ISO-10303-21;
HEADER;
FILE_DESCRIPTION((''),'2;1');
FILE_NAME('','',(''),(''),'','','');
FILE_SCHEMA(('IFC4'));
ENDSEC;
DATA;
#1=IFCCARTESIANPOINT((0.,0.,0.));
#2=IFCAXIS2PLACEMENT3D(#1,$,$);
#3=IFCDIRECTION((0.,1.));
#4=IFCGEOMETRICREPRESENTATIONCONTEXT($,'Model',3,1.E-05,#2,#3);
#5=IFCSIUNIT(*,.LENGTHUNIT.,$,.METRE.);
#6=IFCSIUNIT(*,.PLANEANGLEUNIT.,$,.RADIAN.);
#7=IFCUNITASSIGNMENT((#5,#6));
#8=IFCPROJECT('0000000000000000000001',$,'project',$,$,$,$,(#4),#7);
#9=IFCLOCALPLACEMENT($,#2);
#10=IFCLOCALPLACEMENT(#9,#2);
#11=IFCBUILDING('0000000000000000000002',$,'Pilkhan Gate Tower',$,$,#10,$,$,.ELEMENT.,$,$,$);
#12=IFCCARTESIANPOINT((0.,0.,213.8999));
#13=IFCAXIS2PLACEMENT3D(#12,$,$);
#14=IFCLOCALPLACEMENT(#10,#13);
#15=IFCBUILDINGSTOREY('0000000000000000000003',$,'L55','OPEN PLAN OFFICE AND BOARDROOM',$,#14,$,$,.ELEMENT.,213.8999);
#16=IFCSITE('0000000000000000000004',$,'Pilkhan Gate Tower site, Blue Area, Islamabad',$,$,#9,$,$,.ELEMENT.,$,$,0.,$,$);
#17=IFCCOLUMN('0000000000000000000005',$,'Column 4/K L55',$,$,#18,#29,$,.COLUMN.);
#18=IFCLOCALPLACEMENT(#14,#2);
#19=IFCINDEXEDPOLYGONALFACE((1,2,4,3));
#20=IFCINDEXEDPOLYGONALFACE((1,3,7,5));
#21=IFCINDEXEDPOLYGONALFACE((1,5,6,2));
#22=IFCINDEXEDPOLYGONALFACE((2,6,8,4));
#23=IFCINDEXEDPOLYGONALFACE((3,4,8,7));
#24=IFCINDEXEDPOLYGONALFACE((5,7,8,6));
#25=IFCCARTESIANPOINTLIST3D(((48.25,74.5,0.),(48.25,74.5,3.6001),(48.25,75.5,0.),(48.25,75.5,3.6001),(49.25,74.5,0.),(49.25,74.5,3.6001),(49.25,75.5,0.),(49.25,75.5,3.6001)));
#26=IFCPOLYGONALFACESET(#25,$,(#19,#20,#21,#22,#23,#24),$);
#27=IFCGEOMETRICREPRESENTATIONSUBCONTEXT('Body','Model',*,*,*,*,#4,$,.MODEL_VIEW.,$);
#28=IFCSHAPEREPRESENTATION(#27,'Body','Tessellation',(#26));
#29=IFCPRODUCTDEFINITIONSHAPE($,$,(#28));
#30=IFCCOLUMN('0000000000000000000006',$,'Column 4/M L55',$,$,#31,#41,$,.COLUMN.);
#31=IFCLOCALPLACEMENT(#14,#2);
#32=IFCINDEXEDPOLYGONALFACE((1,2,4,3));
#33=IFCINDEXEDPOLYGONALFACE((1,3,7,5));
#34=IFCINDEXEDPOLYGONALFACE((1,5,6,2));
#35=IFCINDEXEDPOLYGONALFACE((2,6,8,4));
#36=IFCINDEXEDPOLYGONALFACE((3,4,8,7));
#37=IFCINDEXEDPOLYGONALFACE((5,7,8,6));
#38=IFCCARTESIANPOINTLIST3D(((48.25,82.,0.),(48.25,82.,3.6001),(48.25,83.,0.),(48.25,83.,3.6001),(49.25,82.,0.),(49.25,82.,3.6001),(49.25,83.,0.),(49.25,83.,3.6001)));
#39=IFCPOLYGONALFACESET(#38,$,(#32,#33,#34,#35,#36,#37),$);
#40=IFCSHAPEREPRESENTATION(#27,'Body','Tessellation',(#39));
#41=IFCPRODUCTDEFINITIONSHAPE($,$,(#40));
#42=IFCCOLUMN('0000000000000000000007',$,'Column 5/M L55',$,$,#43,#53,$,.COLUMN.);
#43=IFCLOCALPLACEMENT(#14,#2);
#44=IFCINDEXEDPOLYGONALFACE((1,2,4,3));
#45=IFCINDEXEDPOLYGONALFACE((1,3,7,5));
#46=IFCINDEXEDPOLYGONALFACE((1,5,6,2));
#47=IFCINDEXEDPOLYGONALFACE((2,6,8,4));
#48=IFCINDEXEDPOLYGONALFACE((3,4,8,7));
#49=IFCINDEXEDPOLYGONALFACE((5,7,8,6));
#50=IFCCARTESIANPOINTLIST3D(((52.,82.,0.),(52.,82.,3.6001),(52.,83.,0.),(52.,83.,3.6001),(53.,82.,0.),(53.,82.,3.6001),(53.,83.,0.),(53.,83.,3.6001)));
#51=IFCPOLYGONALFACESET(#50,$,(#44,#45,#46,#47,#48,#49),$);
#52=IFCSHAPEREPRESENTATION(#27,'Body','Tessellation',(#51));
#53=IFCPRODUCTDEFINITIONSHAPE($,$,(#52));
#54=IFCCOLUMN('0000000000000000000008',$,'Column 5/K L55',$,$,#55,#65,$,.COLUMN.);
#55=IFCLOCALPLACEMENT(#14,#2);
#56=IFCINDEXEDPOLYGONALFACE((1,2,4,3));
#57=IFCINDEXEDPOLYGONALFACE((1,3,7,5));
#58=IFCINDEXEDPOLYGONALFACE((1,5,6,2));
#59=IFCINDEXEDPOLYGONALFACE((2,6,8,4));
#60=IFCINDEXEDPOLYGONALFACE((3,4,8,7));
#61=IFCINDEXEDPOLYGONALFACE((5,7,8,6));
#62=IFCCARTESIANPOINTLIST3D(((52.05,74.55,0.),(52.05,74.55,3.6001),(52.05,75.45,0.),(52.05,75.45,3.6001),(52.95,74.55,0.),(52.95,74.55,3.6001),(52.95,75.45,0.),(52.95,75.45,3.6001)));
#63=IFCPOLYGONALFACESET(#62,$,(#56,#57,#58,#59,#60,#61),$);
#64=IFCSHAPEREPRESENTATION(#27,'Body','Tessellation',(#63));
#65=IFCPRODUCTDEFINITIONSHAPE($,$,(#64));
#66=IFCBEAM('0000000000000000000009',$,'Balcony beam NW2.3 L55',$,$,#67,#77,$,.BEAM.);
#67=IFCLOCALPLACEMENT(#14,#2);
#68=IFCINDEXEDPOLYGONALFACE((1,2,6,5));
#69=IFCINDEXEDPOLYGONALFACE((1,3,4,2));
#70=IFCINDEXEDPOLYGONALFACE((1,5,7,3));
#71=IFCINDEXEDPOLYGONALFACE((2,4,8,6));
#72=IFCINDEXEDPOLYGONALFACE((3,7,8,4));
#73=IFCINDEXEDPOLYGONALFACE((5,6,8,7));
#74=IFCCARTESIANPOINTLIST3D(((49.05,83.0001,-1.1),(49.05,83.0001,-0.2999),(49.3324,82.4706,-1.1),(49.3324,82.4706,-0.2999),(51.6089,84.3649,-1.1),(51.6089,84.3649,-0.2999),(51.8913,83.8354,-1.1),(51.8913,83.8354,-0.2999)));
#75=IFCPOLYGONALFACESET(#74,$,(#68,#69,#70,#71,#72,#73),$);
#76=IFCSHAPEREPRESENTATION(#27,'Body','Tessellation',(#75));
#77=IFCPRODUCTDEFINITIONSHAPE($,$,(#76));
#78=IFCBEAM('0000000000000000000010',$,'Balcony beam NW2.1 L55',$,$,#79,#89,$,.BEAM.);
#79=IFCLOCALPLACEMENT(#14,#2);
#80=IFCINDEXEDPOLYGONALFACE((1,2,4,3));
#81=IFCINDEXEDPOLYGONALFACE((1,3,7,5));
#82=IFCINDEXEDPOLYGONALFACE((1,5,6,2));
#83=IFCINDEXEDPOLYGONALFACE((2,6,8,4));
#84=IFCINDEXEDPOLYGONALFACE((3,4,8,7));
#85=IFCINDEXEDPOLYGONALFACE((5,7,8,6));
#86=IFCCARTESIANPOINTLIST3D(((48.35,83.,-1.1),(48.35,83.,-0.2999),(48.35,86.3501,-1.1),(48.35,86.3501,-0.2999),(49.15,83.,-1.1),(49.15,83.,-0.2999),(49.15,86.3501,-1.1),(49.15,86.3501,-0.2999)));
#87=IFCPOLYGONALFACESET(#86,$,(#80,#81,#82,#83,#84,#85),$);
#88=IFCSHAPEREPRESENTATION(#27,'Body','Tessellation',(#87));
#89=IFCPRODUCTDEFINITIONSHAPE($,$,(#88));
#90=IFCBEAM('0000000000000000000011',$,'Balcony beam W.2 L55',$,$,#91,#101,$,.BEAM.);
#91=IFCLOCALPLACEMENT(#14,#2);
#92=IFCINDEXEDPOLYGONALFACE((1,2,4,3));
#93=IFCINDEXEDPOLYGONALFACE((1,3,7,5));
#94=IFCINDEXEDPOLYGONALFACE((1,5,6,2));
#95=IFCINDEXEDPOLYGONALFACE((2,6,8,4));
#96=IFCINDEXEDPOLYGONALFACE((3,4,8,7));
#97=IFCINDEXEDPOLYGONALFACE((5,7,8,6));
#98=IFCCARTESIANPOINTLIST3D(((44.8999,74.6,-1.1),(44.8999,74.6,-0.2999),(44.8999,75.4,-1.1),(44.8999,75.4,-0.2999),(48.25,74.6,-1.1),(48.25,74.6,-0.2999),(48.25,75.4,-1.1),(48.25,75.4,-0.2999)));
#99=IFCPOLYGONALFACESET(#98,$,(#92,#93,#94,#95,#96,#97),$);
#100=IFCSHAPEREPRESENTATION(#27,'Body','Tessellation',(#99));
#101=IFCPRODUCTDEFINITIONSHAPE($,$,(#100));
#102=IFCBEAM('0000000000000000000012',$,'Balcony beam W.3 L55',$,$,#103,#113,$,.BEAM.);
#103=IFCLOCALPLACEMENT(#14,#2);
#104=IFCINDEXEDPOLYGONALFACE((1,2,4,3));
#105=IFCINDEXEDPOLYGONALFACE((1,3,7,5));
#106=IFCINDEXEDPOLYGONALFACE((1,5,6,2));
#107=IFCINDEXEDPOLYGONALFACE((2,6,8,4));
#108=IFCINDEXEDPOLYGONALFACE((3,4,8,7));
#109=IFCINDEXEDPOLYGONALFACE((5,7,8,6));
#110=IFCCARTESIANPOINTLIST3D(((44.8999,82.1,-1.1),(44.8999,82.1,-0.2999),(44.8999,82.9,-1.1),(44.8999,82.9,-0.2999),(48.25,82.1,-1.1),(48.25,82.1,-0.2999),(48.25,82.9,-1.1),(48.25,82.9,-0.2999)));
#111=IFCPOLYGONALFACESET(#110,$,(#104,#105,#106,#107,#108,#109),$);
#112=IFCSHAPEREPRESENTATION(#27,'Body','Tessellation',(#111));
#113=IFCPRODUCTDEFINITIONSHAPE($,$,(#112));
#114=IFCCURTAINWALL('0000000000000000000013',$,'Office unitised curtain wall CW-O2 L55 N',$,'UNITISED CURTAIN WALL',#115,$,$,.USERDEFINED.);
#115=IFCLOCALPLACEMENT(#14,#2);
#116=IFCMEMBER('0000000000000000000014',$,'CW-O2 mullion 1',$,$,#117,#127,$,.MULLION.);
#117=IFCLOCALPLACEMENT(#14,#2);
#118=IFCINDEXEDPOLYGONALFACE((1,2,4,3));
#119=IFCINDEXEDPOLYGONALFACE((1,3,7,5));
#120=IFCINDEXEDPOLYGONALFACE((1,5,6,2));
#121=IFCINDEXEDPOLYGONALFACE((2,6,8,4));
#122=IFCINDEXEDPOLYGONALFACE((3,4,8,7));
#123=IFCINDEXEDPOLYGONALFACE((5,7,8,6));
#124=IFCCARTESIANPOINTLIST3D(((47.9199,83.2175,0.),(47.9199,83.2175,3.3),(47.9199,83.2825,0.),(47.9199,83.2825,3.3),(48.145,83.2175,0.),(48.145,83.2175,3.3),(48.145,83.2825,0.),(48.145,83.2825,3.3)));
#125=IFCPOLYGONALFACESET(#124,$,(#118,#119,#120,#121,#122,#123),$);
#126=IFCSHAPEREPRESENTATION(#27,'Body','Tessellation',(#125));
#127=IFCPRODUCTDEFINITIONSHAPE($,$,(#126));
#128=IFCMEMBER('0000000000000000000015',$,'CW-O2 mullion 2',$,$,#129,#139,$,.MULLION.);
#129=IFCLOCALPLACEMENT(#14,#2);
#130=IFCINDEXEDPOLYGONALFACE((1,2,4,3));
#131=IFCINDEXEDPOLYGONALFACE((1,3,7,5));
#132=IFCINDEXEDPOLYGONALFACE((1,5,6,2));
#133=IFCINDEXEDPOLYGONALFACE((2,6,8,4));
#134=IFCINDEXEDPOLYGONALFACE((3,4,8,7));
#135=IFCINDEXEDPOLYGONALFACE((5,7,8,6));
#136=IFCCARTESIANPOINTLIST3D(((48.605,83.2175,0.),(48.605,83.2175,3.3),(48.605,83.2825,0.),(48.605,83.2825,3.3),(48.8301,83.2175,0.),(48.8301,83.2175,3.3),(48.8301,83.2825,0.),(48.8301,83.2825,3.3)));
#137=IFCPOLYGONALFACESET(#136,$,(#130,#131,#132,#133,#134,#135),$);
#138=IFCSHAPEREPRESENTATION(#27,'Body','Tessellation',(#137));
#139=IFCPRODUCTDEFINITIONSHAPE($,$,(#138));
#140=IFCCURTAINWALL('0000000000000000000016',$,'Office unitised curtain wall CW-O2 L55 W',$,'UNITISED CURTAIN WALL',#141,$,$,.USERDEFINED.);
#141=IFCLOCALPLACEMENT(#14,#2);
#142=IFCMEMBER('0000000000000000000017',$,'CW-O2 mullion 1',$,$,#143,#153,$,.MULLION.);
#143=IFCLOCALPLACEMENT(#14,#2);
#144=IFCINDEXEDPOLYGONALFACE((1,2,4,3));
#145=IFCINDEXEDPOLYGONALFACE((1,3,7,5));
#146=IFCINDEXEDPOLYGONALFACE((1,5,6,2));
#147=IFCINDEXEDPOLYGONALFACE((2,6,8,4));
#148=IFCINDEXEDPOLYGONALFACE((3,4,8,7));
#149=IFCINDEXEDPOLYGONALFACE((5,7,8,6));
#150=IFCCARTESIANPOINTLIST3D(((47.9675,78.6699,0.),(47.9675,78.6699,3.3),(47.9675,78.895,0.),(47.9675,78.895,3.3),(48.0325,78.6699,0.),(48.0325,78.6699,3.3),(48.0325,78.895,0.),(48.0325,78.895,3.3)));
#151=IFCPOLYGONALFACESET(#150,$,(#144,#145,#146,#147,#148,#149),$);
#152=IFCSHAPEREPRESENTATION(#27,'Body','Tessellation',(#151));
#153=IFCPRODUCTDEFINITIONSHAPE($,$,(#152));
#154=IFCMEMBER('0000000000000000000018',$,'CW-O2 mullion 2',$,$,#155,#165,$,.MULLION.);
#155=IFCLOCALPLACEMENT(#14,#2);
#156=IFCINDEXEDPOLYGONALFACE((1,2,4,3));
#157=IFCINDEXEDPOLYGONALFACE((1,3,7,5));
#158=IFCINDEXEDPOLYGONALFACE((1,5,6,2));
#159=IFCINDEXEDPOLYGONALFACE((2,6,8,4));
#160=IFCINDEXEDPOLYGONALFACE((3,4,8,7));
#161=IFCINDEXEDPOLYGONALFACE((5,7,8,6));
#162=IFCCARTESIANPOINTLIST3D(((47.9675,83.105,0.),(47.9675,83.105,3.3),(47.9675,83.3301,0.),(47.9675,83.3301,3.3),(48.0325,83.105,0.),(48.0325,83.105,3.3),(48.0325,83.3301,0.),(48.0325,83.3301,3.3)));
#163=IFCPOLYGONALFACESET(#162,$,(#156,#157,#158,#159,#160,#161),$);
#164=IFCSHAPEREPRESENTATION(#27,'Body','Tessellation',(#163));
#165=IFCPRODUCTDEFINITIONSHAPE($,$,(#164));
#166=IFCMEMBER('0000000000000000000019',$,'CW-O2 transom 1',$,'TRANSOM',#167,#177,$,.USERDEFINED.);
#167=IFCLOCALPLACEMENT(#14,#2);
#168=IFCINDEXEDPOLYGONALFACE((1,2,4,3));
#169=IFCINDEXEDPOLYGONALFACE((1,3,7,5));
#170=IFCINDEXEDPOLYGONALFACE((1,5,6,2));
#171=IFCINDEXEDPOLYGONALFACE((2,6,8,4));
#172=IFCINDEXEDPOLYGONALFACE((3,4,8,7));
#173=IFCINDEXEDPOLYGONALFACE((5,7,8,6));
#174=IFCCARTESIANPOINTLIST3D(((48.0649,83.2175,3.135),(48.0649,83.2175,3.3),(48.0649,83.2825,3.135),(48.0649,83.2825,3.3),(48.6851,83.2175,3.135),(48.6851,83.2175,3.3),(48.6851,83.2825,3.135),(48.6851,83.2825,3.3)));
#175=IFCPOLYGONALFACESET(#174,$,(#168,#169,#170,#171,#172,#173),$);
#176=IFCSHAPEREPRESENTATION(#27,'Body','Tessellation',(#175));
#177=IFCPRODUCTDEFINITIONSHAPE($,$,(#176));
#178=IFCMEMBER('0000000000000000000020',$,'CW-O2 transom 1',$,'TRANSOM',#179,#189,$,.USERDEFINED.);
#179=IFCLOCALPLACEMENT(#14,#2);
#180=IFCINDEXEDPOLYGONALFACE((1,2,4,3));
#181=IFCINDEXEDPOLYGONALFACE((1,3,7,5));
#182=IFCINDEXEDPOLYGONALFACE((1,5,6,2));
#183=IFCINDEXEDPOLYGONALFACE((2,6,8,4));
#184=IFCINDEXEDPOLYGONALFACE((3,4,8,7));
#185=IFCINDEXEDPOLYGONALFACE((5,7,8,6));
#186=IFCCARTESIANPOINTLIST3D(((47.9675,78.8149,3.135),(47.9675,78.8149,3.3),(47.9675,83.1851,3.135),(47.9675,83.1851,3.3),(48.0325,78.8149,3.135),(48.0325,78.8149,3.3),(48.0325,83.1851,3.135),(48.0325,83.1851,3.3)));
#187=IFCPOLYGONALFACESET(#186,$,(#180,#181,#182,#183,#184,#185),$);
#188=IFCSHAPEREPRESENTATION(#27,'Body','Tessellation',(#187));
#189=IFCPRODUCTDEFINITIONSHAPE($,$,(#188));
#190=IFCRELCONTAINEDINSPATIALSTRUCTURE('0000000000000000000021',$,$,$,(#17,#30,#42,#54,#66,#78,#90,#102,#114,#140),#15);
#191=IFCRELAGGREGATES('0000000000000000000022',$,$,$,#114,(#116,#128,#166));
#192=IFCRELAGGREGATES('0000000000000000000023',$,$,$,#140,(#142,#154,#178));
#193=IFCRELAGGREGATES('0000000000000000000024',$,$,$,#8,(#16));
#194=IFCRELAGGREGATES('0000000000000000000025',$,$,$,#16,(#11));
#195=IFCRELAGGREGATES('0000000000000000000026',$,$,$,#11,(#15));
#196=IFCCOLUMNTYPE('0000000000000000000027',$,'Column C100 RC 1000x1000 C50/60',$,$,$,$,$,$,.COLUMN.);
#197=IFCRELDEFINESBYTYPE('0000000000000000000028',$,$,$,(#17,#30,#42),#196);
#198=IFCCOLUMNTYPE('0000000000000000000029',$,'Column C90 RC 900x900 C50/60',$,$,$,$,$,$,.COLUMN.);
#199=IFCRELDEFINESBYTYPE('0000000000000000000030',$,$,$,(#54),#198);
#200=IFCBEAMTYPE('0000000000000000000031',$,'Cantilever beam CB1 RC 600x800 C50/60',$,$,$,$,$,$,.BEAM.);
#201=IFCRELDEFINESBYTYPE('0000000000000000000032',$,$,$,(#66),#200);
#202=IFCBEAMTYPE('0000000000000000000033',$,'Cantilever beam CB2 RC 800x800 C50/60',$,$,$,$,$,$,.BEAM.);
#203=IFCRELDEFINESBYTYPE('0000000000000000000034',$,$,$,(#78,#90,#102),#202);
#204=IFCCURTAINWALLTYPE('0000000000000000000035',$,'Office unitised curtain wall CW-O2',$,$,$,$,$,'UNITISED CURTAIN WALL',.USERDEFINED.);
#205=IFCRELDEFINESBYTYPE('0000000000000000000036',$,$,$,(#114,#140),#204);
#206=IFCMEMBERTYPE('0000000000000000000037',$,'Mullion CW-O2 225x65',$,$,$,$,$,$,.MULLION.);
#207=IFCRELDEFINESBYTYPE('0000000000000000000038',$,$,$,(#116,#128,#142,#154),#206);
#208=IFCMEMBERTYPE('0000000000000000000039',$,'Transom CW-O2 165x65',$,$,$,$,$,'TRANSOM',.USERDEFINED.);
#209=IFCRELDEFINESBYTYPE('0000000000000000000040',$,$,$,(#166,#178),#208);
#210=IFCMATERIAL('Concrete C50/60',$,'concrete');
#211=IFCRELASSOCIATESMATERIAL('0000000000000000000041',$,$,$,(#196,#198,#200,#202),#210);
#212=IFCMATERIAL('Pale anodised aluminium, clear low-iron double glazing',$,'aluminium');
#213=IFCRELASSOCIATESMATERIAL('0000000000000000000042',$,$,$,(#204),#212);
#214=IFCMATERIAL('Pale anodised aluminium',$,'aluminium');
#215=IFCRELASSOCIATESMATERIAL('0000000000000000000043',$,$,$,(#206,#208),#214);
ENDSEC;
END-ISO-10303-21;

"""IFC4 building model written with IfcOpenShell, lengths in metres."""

from ifc_helpers import new_model, si_unit, direction, frame, origin, origin_2d, place, context, subcontext, project, spatial, rectangle, extrude, material, material_profile, profile_set, type_object, element, aggregate, save


model = new_model("IFC4")

# Units and contexts
model_context = context("Model", 3, precision=1e-05, world=origin(), true_north=direction((0.0, 1.0)))
body_context = subcontext(model_context, "Body", "Model", "MODEL_VIEW")
ifc_project = project(units=[si_unit("LENGTHUNIT", "METRE"), si_unit("PLANEANGLEUNIT", "RADIAN")], contexts=[model_context])

# Site, building, storey
site_placement = place(None, origin())
site = spatial("IfcSite", under=ifc_project, at=site_placement, Name="Pilkhan Gate Tower site, Blue Area, Islamabad", CompositionType="ELEMENT", RefElevation=0.0)
building_placement = place(site_placement, origin())
building = spatial("IfcBuilding", under=site, at=building_placement, Name="Pilkhan Gate Tower", CompositionType="ELEMENT")
storey_placement = place(building_placement, frame((0.0, 0.0, 213.8999)))
storey = spatial("IfcBuildingStorey", under=building, at=storey_placement, Name="L55", Description="OPEN PLAN OFFICE AND BOARDROOM", CompositionType="ELEMENT", Elevation=213.8999)

# Columns
ifc_material_1 = material(Name="Concrete C50/60", Category="concrete")
ifc_material_profile_1 = material_profile(ifc_material_1, rectangle(XDim=1.0, YDim=1.0, at=origin_2d()), Name="RC 1000x1000")
ifc_profile_set_1 = profile_set([ifc_material_profile_1], Name="Concrete C50/60")
column_type_1 = type_object("IfcColumnType", Name="Column C100 RC 1000x1000 C50/60", PredefinedType="COLUMN", material=ifc_profile_set_1)
for number, where, z_axis, x_axis, name in (
    (1, (48.75, 75.0, 0.0), (0.0, 0.0, 1.0), (1.0, 0.0, 0.0), "Column 4/K L55"),
    (2, (48.75, 82.5, 0.0), (0.0, 0.0, 1.0), (1.0, 0.0, 0.0), "Column 4/M L55"),
    (3, (52.5, 82.5, 0.0), (0.0, 0.0, 1.0), (1.0, 0.0, 0.0), "Column 5/M L55"),
):
    element("IfcColumn", number, at=place(storey_placement, frame(where, z_axis=z_axis, x_axis=x_axis)), inside=storey, type_object=column_type_1, Name=name, PredefinedType="COLUMN", context=body_context, shape_type="SweptSolid", body=[
        extrude(rectangle(XDim=1.0, YDim=1.0, at=origin_2d()), origin(), (0.0, 0.0, 1.0), 3.6001),
    ])
ifc_material_profile_2 = material_profile(ifc_material_1, rectangle(XDim=0.8999, YDim=0.8999, at=origin_2d()), Name="RC 900x900")
ifc_profile_set_2 = profile_set([ifc_material_profile_2], Name="Concrete C50/60")
column_type_2 = type_object("IfcColumnType", Name="Column C90 RC 900x900 C50/60", PredefinedType="COLUMN", material=ifc_profile_set_2)
column_placement = place(storey_placement, frame((52.5, 75.0, 0.0), z_axis=(0.0, 0.0, 1.0), x_axis=(1.0, 0.0, 0.0)))
element("IfcColumn", 4, at=column_placement, inside=storey, type_object=column_type_2, Name="Column 5/K L55", PredefinedType="COLUMN", context=body_context, shape_type="SweptSolid", body=[
    extrude(rectangle(XDim=0.8999, YDim=0.8999, at=origin_2d()), origin(), (0.0, 0.0, 1.0), 3.6001),
])

# Beams
ifc_material_profile_3 = material_profile(ifc_material_1, rectangle(XDim=0.6001, YDim=0.8, at=origin_2d()), Name="RC 600x800")
ifc_profile_set_3 = profile_set([ifc_material_profile_3], Name="Concrete C50/60")
beam_type_1 = type_object("IfcBeamType", Name="Cantilever beam CB1 RC 600x800 C50/60", PredefinedType="BEAM", material=ifc_profile_set_3)
beam_placement = place(storey_placement, frame((49.1912, 82.7354, -0.7), z_axis=(0.882348, 0.470597, 0.0), x_axis=(-0.470597, 0.882348, 0.0)))
element("IfcBeam", 5, at=beam_placement, inside=storey, type_object=beam_type_1, Name="Balcony beam NW2.3 L55", PredefinedType="BEAM", context=body_context, shape_type="SweptSolid", body=[
    extrude(rectangle(XDim=0.6001, YDim=0.8, at=origin_2d()), origin(), (0.0, 0.0, 1.0), 2.9001),
])
ifc_material_profile_4 = material_profile(ifc_material_1, rectangle(XDim=0.8, YDim=0.8, at=origin_2d()), Name="RC 800x800")
ifc_profile_set_4 = profile_set([ifc_material_profile_4], Name="Concrete C50/60")
beam_type_2 = type_object("IfcBeamType", Name="Cantilever beam CB2 RC 800x800 C50/60", PredefinedType="BEAM", material=ifc_profile_set_4)
for number, where, z_axis, x_axis, name in (
    (6, (48.75, 83.0, -0.7), (0.0, 1.0, 0.0), (-1.0, 0.0, 0.0), "Balcony beam NW2.1 L55"),
    (7, (48.25, 75.0, -0.7), (-1.0, 0.0, 0.0), (0.0, -1.0, 0.0), "Balcony beam W.2 L55"),
    (8, (48.25, 82.5, -0.7), (-1.0, 0.0, 0.0), (0.0, -1.0, 0.0), "Balcony beam W.3 L55"),
):
    element("IfcBeam", number, at=place(storey_placement, frame(where, z_axis=z_axis, x_axis=x_axis)), inside=storey, type_object=beam_type_2, Name=name, PredefinedType="BEAM", context=body_context, shape_type="SweptSolid", body=[
        extrude(rectangle(XDim=0.8, YDim=0.8, at=origin_2d()), origin(), (0.0, 0.0, 1.0), 3.3501),
    ])

# Curtain walls, members
ifc_material_2 = material(Name="Pale anodised aluminium, clear low-iron double glazing", Category="aluminium")
curtain_wall_type = type_object("IfcCurtainWallType", Name="Office unitised curtain wall CW-O2", ElementType="UNITISED CURTAIN WALL", PredefinedType="USERDEFINED", material=ifc_material_2)
curtain_wall_1_placement = place(storey_placement, origin())
curtain_wall_1 = element("IfcCurtainWall", 9, at=curtain_wall_1_placement, inside=storey, type_object=curtain_wall_type, Name="Office unitised curtain wall CW-O2 L55 N", ObjectType="UNITISED CURTAIN WALL", PredefinedType="USERDEFINED")
ifc_material_3 = material(Name="Pale anodised aluminium", Category="aluminium")
ifc_material_profile_5 = material_profile(ifc_material_3, rectangle(XDim=0.0649, YDim=0.2251, at=origin_2d()), Name="Mullion 225x65")
ifc_profile_set_5 = profile_set([ifc_material_profile_5], Name="Pale anodised aluminium")
member_type_1 = type_object("IfcMemberType", Name="Mullion CW-O2 225x65", PredefinedType="MULLION", material=ifc_profile_set_5)
member_1_placement = place(storey_placement, frame((48.0325, 83.25, 0.0), z_axis=(0.0, 0.0, 1.0), x_axis=(0.0, 1.0, 0.0)))
member_1 = element("IfcMember", 10, at=member_1_placement, type_object=member_type_1, Name="CW-O2 mullion 1", PredefinedType="MULLION", context=body_context, shape_type="SweptSolid", body=[
    extrude(rectangle(XDim=0.0649, YDim=0.2251, at=origin_2d()), origin(), (0.0, 0.0, 1.0), 3.3),
])
member_2_placement = place(storey_placement, frame((48.7175, 83.25, 0.0), z_axis=(0.0, 0.0, 1.0), x_axis=(0.0, 1.0, 0.0)))
member_2 = element("IfcMember", 11, at=member_2_placement, type_object=member_type_1, Name="CW-O2 mullion 2", PredefinedType="MULLION", context=body_context, shape_type="SweptSolid", body=[
    extrude(rectangle(XDim=0.0649, YDim=0.2251, at=origin_2d()), origin(), (0.0, 0.0, 1.0), 3.3),
])
curtain_wall_2_placement = place(storey_placement, origin())
curtain_wall_2 = element("IfcCurtainWall", 12, at=curtain_wall_2_placement, inside=storey, type_object=curtain_wall_type, Name="Office unitised curtain wall CW-O2 L55 W", ObjectType="UNITISED CURTAIN WALL", PredefinedType="USERDEFINED")
member_3_placement = place(storey_placement, frame((48.0, 78.7825, 0.0), z_axis=(0.0, 0.0, 1.0), x_axis=(-1.0, 0.0, 0.0)))
member_3 = element("IfcMember", 13, at=member_3_placement, type_object=member_type_1, Name="CW-O2 mullion 1", PredefinedType="MULLION", context=body_context, shape_type="SweptSolid", body=[
    extrude(rectangle(XDim=0.0649, YDim=0.2251, at=origin_2d()), origin(), (0.0, 0.0, 1.0), 3.3),
])
member_4_placement = place(storey_placement, frame((48.0, 83.2175, 0.0), z_axis=(0.0, 0.0, 1.0), x_axis=(-1.0, 0.0, 0.0)))
member_4 = element("IfcMember", 14, at=member_4_placement, type_object=member_type_1, Name="CW-O2 mullion 2", PredefinedType="MULLION", context=body_context, shape_type="SweptSolid", body=[
    extrude(rectangle(XDim=0.0649, YDim=0.2251, at=origin_2d()), origin(), (0.0, 0.0, 1.0), 3.3),
])

# Members
ifc_material_profile_6 = material_profile(ifc_material_3, rectangle(XDim=0.0649, YDim=0.165, at=origin_2d()), Name="Transom 165x65")
ifc_profile_set_6 = profile_set([ifc_material_profile_6], Name="Pale anodised aluminium")
member_type_2 = type_object("IfcMemberType", Name="Transom CW-O2 165x65", ElementType="TRANSOM", PredefinedType="USERDEFINED", material=ifc_profile_set_6)
member_5_placement = place(storey_placement, frame((48.0649, 83.25, 3.2175), z_axis=(1.0, 0.0, 0.0), x_axis=(0.0, 1.0, 0.0)))
member_5 = element("IfcMember", 15, at=member_5_placement, type_object=member_type_2, Name="CW-O2 transom 1", ObjectType="TRANSOM", PredefinedType="USERDEFINED", context=body_context, shape_type="SweptSolid", body=[
    extrude(rectangle(XDim=0.0649, YDim=0.165, at=origin_2d()), origin(), (0.0, 0.0, 1.0), 0.6201),
])
member_6_placement = place(storey_placement, frame((48.0, 78.8149, 3.2175), z_axis=(0.0, 1.0, 0.0), x_axis=(-1.0, 0.0, 0.0)))
member_6 = element("IfcMember", 16, at=member_6_placement, type_object=member_type_2, Name="CW-O2 transom 1", ObjectType="TRANSOM", PredefinedType="USERDEFINED", context=body_context, shape_type="SweptSolid", body=[
    extrude(rectangle(XDim=0.0649, YDim=0.165, at=origin_2d()), origin(), (0.0, 0.0, 1.0), 4.3701),
])

aggregate(curtain_wall_1, [member_1, member_2, member_5])
aggregate(curtain_wall_2, [member_3, member_4, member_6])

save(model, "model.ifc")
